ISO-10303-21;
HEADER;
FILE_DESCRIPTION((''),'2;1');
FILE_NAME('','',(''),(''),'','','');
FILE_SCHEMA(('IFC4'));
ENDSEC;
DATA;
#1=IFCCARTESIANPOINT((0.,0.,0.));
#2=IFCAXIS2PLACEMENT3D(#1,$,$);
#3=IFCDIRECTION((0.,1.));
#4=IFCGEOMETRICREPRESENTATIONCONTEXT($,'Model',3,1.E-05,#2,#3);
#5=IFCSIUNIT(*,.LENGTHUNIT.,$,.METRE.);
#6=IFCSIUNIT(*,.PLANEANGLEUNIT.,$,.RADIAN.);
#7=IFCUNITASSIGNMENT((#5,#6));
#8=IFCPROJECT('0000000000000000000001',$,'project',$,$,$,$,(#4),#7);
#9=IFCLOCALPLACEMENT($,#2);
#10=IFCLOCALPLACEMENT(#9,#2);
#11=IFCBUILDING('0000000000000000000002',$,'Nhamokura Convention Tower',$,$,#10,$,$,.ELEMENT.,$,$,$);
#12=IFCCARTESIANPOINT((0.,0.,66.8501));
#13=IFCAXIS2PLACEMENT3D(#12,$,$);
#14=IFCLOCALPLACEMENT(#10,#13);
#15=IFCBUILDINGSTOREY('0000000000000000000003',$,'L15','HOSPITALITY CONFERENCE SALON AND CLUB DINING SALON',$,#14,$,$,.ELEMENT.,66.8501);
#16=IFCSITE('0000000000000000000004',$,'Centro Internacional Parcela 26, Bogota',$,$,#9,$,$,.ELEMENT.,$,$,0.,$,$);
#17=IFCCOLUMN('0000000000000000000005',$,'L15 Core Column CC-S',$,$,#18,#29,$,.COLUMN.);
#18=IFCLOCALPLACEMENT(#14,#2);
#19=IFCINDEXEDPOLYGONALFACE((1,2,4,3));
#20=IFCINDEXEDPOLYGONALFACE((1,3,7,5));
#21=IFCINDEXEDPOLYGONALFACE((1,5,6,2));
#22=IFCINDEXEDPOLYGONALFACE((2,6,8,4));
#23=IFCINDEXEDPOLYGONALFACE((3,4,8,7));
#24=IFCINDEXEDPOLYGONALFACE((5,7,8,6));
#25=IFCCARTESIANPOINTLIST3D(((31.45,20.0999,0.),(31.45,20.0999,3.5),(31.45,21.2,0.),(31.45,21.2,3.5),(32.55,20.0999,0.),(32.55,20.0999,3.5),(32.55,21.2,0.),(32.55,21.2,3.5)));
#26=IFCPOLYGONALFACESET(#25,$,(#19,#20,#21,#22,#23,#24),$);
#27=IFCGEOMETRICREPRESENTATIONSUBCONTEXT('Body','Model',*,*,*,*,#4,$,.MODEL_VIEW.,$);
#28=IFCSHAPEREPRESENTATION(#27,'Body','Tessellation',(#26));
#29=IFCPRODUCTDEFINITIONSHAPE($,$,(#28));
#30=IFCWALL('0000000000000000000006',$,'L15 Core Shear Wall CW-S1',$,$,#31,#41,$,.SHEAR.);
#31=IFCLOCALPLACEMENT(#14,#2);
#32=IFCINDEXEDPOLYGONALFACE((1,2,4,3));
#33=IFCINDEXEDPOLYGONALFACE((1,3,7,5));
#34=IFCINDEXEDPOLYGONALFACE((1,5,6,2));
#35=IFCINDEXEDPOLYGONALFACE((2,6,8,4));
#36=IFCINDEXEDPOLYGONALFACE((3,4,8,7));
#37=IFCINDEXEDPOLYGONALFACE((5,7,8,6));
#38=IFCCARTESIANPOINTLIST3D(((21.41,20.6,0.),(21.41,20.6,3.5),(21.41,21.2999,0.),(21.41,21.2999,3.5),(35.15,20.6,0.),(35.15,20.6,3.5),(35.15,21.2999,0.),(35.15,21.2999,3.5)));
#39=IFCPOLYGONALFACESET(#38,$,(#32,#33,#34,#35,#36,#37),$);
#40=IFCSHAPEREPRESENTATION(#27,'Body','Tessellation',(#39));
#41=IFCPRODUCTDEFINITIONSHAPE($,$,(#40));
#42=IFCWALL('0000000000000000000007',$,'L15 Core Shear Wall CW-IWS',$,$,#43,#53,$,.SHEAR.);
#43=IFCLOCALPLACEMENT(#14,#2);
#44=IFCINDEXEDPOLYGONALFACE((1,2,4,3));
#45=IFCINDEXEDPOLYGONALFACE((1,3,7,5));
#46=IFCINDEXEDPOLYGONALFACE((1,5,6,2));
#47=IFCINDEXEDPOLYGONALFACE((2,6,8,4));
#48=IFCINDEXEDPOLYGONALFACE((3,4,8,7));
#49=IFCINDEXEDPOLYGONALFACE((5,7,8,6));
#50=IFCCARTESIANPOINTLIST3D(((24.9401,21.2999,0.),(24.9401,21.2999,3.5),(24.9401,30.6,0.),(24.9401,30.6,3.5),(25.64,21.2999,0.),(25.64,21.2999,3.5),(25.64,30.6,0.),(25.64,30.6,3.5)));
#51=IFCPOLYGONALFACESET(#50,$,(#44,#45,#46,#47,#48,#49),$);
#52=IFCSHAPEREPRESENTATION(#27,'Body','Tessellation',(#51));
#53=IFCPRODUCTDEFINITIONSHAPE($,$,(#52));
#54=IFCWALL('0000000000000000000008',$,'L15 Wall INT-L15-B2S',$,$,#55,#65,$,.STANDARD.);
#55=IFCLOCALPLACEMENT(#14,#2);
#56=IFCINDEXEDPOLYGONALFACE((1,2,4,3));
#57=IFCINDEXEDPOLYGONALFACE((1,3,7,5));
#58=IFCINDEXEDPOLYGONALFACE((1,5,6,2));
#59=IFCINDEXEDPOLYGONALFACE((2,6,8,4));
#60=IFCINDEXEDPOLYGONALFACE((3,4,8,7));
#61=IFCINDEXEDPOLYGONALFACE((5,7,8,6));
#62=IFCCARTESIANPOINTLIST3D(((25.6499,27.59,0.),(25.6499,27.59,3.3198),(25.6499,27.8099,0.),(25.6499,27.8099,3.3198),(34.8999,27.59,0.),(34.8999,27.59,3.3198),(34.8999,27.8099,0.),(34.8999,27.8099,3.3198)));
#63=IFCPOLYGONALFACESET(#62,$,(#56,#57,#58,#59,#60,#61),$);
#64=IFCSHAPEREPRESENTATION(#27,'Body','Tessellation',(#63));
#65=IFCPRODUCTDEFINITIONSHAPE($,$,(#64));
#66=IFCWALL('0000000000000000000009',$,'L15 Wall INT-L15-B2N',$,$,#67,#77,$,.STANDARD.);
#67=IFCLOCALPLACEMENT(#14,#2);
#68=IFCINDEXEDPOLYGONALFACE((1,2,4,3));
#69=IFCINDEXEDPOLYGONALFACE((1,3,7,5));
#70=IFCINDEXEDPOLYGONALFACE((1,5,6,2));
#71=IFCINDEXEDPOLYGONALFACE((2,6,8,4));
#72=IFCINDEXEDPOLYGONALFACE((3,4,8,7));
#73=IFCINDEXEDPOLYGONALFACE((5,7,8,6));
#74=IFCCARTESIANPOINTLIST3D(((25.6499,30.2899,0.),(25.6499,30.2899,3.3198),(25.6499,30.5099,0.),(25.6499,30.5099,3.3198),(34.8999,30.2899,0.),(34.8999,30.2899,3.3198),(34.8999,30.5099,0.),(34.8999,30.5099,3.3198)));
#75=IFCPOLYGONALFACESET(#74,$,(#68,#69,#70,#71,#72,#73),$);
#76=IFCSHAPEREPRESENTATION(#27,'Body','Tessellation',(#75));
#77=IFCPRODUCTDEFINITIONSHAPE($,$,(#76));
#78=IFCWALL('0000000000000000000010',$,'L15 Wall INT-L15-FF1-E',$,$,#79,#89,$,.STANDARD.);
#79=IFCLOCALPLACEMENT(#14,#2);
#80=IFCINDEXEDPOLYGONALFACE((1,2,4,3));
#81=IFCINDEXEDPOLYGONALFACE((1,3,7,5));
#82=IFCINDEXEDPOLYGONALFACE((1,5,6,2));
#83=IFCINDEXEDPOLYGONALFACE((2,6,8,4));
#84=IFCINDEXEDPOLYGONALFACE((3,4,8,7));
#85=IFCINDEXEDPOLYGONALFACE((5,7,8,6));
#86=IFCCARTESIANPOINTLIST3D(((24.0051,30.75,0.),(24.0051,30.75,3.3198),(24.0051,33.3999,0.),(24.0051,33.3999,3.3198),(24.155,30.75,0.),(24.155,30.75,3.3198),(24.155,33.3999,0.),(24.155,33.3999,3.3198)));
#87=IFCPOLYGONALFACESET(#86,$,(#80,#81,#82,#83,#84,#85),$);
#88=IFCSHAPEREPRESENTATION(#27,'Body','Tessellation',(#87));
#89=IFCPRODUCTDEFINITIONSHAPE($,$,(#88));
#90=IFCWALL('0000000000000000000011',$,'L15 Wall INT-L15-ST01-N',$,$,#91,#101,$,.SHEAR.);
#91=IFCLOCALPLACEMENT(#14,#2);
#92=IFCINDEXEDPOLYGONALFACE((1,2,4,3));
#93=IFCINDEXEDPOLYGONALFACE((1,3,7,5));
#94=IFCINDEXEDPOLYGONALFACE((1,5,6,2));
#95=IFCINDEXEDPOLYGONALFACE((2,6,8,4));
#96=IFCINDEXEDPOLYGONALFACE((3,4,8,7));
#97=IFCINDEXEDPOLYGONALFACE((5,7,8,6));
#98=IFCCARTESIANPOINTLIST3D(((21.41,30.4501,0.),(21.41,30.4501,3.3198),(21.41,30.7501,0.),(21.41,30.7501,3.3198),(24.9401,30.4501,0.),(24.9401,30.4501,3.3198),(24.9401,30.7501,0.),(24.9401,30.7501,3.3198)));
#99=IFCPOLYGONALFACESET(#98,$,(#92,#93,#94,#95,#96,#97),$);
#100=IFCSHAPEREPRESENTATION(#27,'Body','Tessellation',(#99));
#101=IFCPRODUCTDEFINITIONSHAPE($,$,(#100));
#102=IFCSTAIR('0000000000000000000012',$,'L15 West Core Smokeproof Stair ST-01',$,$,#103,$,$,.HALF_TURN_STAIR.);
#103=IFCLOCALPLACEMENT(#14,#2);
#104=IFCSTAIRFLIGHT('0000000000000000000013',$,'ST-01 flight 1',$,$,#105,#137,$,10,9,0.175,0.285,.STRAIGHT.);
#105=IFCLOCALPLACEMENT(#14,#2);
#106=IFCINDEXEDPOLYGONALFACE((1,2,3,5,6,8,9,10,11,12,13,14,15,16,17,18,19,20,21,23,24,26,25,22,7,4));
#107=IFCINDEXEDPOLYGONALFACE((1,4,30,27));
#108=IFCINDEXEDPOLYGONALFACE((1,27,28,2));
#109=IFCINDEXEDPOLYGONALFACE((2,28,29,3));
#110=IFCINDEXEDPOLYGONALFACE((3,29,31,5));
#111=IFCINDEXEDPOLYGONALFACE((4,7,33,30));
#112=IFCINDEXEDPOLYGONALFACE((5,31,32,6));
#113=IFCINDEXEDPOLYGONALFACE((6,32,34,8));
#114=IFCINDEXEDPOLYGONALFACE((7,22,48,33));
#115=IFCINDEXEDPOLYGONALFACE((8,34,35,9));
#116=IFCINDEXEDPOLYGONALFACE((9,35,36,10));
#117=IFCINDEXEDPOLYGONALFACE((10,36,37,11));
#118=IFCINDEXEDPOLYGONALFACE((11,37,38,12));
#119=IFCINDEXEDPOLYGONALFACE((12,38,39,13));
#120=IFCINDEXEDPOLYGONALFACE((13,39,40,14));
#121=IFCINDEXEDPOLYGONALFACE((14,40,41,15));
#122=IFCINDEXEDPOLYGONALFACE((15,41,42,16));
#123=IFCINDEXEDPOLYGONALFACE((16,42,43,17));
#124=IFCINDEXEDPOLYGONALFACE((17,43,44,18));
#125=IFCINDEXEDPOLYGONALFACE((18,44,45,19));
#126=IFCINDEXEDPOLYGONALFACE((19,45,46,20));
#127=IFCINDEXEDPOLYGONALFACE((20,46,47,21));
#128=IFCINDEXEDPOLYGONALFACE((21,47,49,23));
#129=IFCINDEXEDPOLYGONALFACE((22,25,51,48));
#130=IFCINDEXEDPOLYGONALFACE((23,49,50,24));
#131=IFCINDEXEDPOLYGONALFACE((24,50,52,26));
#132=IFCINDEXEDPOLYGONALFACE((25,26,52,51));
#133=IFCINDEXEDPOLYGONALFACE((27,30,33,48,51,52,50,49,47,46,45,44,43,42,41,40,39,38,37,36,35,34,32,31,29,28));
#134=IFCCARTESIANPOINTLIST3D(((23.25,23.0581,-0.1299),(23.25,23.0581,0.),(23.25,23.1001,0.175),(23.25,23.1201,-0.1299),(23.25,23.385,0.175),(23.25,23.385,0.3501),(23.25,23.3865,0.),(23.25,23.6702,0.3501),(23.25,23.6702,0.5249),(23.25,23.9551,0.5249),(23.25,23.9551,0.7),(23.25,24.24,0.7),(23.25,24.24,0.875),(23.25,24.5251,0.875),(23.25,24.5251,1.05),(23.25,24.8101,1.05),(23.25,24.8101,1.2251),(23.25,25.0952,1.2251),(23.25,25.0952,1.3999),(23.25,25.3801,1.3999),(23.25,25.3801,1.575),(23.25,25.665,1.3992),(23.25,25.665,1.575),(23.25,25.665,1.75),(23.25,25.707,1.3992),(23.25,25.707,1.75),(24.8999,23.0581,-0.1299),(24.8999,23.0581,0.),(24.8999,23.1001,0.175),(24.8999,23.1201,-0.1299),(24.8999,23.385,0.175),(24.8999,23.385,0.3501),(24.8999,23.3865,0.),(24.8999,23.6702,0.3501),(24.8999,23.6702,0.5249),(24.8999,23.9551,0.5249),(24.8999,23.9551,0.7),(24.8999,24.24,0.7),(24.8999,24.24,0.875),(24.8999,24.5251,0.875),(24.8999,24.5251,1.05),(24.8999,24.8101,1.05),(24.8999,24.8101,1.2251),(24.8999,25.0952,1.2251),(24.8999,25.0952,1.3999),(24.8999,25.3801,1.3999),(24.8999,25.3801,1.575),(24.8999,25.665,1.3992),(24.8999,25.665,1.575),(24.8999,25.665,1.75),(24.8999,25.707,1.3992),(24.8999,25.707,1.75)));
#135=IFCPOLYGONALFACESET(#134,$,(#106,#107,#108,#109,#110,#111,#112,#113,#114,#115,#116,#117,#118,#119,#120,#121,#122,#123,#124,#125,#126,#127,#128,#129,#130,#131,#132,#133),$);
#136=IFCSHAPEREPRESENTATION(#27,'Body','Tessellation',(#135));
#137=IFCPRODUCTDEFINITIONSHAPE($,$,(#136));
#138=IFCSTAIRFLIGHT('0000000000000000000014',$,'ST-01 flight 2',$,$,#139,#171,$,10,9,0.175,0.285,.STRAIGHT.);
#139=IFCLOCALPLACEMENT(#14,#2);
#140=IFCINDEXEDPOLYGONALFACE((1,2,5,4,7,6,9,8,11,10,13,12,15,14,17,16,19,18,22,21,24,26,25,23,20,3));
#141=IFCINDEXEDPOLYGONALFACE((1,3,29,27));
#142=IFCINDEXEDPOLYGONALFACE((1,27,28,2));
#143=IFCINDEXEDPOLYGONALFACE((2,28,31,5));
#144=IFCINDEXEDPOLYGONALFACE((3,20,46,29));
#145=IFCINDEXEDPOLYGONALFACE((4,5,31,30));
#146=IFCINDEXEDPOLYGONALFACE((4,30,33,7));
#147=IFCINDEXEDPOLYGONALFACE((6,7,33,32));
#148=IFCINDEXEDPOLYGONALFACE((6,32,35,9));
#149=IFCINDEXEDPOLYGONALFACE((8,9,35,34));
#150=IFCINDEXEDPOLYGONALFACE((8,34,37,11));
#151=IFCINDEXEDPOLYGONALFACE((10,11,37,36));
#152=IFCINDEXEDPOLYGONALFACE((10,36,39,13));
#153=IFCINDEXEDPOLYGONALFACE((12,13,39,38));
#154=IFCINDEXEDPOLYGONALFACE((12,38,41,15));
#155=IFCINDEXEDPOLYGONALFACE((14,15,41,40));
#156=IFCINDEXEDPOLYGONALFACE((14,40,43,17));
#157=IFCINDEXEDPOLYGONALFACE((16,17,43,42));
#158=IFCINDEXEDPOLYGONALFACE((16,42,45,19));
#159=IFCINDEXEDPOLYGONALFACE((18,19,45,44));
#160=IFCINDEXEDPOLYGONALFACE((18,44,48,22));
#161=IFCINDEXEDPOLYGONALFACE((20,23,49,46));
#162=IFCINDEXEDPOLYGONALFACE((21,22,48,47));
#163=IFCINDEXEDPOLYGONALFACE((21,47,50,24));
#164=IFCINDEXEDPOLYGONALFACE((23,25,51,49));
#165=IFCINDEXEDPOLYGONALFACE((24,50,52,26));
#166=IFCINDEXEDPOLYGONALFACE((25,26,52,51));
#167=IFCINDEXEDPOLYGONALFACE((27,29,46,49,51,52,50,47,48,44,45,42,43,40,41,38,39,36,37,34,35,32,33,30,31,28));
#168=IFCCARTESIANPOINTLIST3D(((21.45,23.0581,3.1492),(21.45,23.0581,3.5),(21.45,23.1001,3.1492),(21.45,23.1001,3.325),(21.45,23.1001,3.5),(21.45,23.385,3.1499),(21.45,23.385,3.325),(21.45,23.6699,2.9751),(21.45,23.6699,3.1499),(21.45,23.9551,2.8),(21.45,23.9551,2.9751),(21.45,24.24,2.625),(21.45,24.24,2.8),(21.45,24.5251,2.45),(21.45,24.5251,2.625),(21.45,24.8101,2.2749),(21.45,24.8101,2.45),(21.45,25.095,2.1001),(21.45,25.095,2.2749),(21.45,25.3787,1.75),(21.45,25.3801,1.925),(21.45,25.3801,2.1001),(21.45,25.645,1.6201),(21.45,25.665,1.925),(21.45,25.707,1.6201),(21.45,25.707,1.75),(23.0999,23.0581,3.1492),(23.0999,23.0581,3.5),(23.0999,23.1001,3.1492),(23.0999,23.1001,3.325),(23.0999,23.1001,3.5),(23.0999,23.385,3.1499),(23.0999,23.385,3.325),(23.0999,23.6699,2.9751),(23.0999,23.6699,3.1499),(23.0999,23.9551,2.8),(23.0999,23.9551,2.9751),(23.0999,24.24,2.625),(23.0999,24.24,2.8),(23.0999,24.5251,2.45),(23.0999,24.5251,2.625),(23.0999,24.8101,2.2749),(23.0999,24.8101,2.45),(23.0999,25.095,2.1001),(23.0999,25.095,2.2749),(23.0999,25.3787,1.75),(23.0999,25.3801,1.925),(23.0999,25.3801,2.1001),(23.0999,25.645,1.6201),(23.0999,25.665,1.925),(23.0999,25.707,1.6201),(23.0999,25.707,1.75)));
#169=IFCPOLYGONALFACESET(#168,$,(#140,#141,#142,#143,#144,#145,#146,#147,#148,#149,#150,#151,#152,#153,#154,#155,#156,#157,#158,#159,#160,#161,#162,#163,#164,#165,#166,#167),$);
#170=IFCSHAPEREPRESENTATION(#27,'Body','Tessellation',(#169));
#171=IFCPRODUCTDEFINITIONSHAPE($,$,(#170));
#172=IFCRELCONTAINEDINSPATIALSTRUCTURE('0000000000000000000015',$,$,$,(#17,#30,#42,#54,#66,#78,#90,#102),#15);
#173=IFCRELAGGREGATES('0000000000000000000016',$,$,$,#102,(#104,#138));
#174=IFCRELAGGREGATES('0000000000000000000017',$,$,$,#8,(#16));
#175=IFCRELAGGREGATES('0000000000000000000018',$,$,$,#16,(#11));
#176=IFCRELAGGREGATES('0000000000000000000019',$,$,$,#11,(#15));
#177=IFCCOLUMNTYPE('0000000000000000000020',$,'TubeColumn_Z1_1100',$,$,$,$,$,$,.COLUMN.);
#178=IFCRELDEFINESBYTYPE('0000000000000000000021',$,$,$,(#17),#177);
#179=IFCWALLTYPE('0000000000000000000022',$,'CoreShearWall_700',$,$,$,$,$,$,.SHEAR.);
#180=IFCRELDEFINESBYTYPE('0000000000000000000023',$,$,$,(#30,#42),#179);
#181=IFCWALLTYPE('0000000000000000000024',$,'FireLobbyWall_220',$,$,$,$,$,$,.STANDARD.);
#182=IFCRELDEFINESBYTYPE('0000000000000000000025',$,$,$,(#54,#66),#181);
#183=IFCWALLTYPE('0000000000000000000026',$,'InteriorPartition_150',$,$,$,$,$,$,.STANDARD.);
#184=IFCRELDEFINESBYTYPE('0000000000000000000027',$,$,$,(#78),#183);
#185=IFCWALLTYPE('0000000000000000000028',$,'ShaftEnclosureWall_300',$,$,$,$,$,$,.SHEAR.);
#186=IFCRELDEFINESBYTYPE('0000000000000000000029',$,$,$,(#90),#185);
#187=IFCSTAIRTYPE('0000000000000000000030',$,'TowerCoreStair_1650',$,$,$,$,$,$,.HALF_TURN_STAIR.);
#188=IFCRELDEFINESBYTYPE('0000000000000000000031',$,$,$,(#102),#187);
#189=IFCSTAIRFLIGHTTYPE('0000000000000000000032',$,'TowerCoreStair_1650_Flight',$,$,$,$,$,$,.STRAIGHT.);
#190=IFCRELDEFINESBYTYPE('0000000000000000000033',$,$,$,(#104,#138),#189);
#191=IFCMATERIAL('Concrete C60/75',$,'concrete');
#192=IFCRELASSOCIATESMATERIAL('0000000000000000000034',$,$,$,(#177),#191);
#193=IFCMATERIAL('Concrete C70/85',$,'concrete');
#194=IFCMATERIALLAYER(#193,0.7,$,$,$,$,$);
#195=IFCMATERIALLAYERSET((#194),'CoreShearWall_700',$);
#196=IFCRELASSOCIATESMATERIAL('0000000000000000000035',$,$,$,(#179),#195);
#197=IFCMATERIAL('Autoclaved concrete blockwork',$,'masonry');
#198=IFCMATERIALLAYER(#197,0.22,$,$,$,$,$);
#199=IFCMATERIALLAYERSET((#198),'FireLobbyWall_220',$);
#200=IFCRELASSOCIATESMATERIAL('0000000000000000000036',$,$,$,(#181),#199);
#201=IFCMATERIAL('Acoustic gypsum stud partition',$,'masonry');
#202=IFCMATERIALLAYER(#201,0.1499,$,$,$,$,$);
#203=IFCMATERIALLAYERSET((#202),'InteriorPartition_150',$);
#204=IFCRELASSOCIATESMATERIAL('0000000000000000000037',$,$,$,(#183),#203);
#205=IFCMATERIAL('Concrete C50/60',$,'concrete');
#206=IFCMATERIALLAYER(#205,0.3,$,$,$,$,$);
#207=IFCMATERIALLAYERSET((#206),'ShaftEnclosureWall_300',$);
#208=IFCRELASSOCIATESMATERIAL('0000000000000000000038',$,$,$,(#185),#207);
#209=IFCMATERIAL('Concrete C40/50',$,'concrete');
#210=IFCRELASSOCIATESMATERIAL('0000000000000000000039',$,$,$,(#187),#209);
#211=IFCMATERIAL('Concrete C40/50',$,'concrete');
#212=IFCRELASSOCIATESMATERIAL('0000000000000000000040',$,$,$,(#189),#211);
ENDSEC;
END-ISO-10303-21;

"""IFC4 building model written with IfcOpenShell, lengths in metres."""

from ifc_helpers import new_model, si_unit, direction, frame, frame_2d, origin, origin_2d, place, context, subcontext, project, spatial, polyline, rectangle, outline, extrude, material, layer, layer_set, material_profile, profile_set, type_object, element, aggregate, save


model = new_model("IFC4")

# Units and contexts
model_context = context("Model", 3, precision=1e-05, world=origin(), true_north=direction((0.0, 1.0)))
body_context = subcontext(model_context, "Body", "Model", "MODEL_VIEW")
ifc_project = project(units=[si_unit("LENGTHUNIT", "METRE"), si_unit("PLANEANGLEUNIT", "RADIAN")], contexts=[model_context])

# Site, building, storey
site_placement = place(None, origin())
site = spatial("IfcSite", under=ifc_project, at=site_placement, Name="Centro Internacional Parcela 26, Bogota", CompositionType="ELEMENT", RefElevation=0.0)
building_placement = place(site_placement, origin())
building = spatial("IfcBuilding", under=site, at=building_placement, Name="Nhamokura Convention Tower", CompositionType="ELEMENT")
storey_placement = place(building_placement, frame((0.0, 0.0, 66.8501)))
storey = spatial("IfcBuildingStorey", under=building, at=storey_placement, Name="L15", Description="HOSPITALITY CONFERENCE SALON AND CLUB DINING SALON", CompositionType="ELEMENT", Elevation=66.8501)

# Column
ifc_material_1 = material(Name="Concrete C60/75", Category="concrete")
ifc_material_profile = material_profile(ifc_material_1, rectangle(XDim=1.1001, YDim=1.1001, at=origin_2d()))
ifc_profile_set = profile_set([ifc_material_profile], Name="Concrete C60/75")
column_type = type_object("IfcColumnType", Name="TubeColumn_Z1_1100", PredefinedType="COLUMN", material=ifc_profile_set)
column_placement = place(storey_placement, frame((32.0, 20.6499, 0.0), z_axis=(0.0, 0.0, 1.0), x_axis=(1.0, 0.0, 0.0)))
element("IfcColumn", 1, at=column_placement, inside=storey, type_object=column_type, Name="L15 Core Column CC-S", PredefinedType="COLUMN", context=body_context, shape_type="SweptSolid", body=[
    extrude(rectangle(XDim=1.1001, YDim=1.1001, at=origin_2d()), origin(), (0.0, 0.0, 1.0), 3.5),
])

# Shared definitions
ifc_material_2 = material(Name="Concrete C70/85", Category="concrete")
ifc_layer_1 = layer(ifc_material_2, 0.7)
ifc_layer_set_1 = layer_set([ifc_layer_1], Name="CoreShearWall_700")
wall_type_1 = type_object("IfcWallType", Name="CoreShearWall_700", PredefinedType="SHEAR", material=ifc_layer_set_1)

# Walls
wall_1_placement = place(storey_placement, frame((21.4099, 20.95, 0.0), z_axis=(0.0, 0.0, 1.0), x_axis=(1.0, 0.0, 0.0)))
element("IfcWall", 2, at=wall_1_placement, inside=storey, type_object=wall_type_1, Name="L15 Core Shear Wall CW-S1", PredefinedType="SHEAR", context=body_context, shape_type="SweptSolid", body=[
    extrude(rectangle(XDim=13.74, YDim=0.7, at=frame_2d((6.8701, 0.0))), origin(), (0.0, 0.0, 1.0), 3.5),
])
wall_2_placement = place(storey_placement, frame((25.29, 21.3, 0.0), z_axis=(0.0, 0.0, 1.0), x_axis=(0.0, 1.0, 0.0)))
element("IfcWall", 3, at=wall_2_placement, inside=storey, type_object=wall_type_1, Name="L15 Core Shear Wall CW-IWS", PredefinedType="SHEAR", context=body_context, shape_type="SweptSolid", body=[
    extrude(rectangle(XDim=9.3, YDim=0.7, at=frame_2d((4.6499, 0.0))), origin(), (0.0, 0.0, 1.0), 3.5),
])

# Shared definitions
ifc_material_3 = material(Name="Autoclaved concrete blockwork", Category="masonry")
ifc_layer_2 = layer(ifc_material_3, 0.22)
ifc_layer_set_2 = layer_set([ifc_layer_2], Name="FireLobbyWall_220")
wall_type_2 = type_object("IfcWallType", Name="FireLobbyWall_220", PredefinedType="STANDARD", material=ifc_layer_set_2)

# Walls
for number, where, z_axis, x_axis, name in (
    (4, (25.6499, 27.7, 0.0), (0.0, 0.0, 1.0), (1.0, 0.0, 0.0), "L15 Wall INT-L15-B2S"),
    (5, (25.6499, 30.3999, 0.0), (0.0, 0.0, 1.0), (1.0, 0.0, 0.0), "L15 Wall INT-L15-B2N"),
):
    element("IfcWall", number, at=place(storey_placement, frame(where, z_axis=z_axis, x_axis=x_axis)), inside=storey, type_object=wall_type_2, Name=name, PredefinedType="STANDARD", context=body_context, shape_type="SweptSolid", body=[
        extrude(rectangle(XDim=9.25, YDim=0.22, at=frame_2d((4.625, 0.0))), origin(), (0.0, 0.0, 1.0), 3.3198),
    ])
ifc_material_4 = material(Name="Acoustic gypsum stud partition", Category="masonry")
ifc_layer_3 = layer(ifc_material_4, 0.1499)
ifc_layer_set_3 = layer_set([ifc_layer_3], Name="InteriorPartition_150")
wall_type_3 = type_object("IfcWallType", Name="InteriorPartition_150", PredefinedType="STANDARD", material=ifc_layer_set_3)
wall_3_placement = place(storey_placement, frame((24.0801, 30.75, 0.0), z_axis=(0.0, 0.0, 1.0), x_axis=(0.0, 1.0, 0.0)))
element("IfcWall", 6, at=wall_3_placement, inside=storey, type_object=wall_type_3, Name="L15 Wall INT-L15-FF1-E", PredefinedType="STANDARD", context=body_context, shape_type="SweptSolid", body=[
    extrude(rectangle(XDim=2.6499, YDim=0.1499, at=frame_2d((1.325, 0.0))), origin(), (0.0, 0.0, 1.0), 3.3198),
])
ifc_material_5 = material(Name="Concrete C50/60", Category="concrete")
ifc_layer_4 = layer(ifc_material_5, 0.3)
ifc_layer_set_4 = layer_set([ifc_layer_4], Name="ShaftEnclosureWall_300")
wall_type_4 = type_object("IfcWallType", Name="ShaftEnclosureWall_300", PredefinedType="SHEAR", material=ifc_layer_set_4)
wall_4_placement = place(storey_placement, frame((21.4099, 30.6001, 0.0), z_axis=(0.0, 0.0, 1.0), x_axis=(1.0, 0.0, 0.0)))
element("IfcWall", 7, at=wall_4_placement, inside=storey, type_object=wall_type_4, Name="L15 Wall INT-L15-ST01-N", PredefinedType="SHEAR", context=body_context, shape_type="SweptSolid", body=[
    extrude(rectangle(XDim=3.53, YDim=0.3, at=frame_2d((1.7651, 0.0))), origin(), (0.0, 0.0, 1.0), 3.3198),
])

# Stair, stair flights
ifc_material_6 = material(Name="Concrete C40/50", Category="concrete")
stair_type = type_object("IfcStairType", Name="TowerCoreStair_1650", PredefinedType="HALF_TURN_STAIR", material=ifc_material_6)
stair_placement = place(storey_placement, origin())
stair = element("IfcStair", 8, at=stair_placement, inside=storey, type_object=stair_type, Name="L15 West Core Smokeproof Stair ST-01", PredefinedType="HALF_TURN_STAIR")
ifc_material_7 = material(Name="Concrete C40/50", Category="concrete")
stair_flight_type = type_object("IfcStairFlightType", Name="TowerCoreStair_1650_Flight", PredefinedType="STRAIGHT", material=ifc_material_7)
stair_flight_1_placement = place(storey_placement, frame((24.075, 23.1001, 0.0), z_axis=(0.0, 0.0, 1.0), x_axis=(0.0, 1.0, 0.0)))
stair_flight_1 = element("IfcStairFlight", 9, at=stair_flight_1_placement, type_object=stair_flight_type, Name="ST-01 flight 1", NumberOfRisers=10, NumberOfTreads=9, PredefinedType="STRAIGHT", RiserHeight=0.175, TreadLength=0.285, context=body_context, shape_type="SweptSolid", body=[
    extrude(outline(polyline([(-0.042, 0.0), (0.0, 0.175), (0.2849, 0.175), (0.2849, 0.3501), (0.5701, 0.3501), (0.5701, 0.5249), (0.855, 0.5249), (0.855, 0.7), (1.1399, 0.7), (1.1399, 0.875), (1.425, 0.875), (1.425, 1.05), (1.71, 1.05), (1.71, 1.2251), (1.9951, 1.2251), (1.9951, 1.3999), (2.28, 1.3999), (2.28, 1.575), (2.5649, 1.575), (2.5649, 1.75), (2.6069, 1.75), (2.6069, 1.3992), (2.5649, 1.3992), (0.2864, 0.0), (0.02, -0.1299), (-0.042, -0.1299), (-0.042, 0.0)])), frame((0.0, 0.825, 0.0), z_axis=(0.0, -1.0, 0.0), x_axis=(1.0, 0.0, 0.0)), (0.0, 0.0, 1.0), 1.6499),
])
stair_flight_2_placement = place(storey_placement, frame((22.2749, 25.665, 1.75), z_axis=(0.0, 0.0, 1.0), x_axis=(0.0, -1.0, 0.0)))
stair_flight_2 = element("IfcStairFlight", 10, at=stair_flight_2_placement, type_object=stair_flight_type, Name="ST-01 flight 2", NumberOfRisers=10, NumberOfTreads=9, PredefinedType="STRAIGHT", RiserHeight=0.175, TreadLength=0.285, context=body_context, shape_type="SweptSolid", body=[
    extrude(outline(polyline([(-0.042, 0.0), (0.0, 0.175), (0.2849, 0.175), (0.2849, 0.3501), (0.5701, 0.3501), (0.5701, 0.5249), (0.855, 0.5249), (0.855, 0.7), (1.1399, 0.7), (1.1399, 0.875), (1.425, 0.875), (1.425, 1.05), (1.71, 1.05), (1.71, 1.2251), (1.9951, 1.2251), (1.9951, 1.3999), (2.28, 1.3999), (2.28, 1.575), (2.5649, 1.575), (2.5649, 1.75), (2.6069, 1.75), (2.6069, 1.3992), (2.5649, 1.3992), (0.2864, 0.0), (0.02, -0.1299), (-0.042, -0.1299), (-0.042, 0.0)])), frame((0.0, 0.825, 0.0), z_axis=(0.0, -1.0, 0.0), x_axis=(1.0, 0.0, 0.0)), (0.0, 0.0, 1.0), 1.6499),
])
aggregate(stair, [stair_flight_1, stair_flight_2])

save(model, "model.ifc")
